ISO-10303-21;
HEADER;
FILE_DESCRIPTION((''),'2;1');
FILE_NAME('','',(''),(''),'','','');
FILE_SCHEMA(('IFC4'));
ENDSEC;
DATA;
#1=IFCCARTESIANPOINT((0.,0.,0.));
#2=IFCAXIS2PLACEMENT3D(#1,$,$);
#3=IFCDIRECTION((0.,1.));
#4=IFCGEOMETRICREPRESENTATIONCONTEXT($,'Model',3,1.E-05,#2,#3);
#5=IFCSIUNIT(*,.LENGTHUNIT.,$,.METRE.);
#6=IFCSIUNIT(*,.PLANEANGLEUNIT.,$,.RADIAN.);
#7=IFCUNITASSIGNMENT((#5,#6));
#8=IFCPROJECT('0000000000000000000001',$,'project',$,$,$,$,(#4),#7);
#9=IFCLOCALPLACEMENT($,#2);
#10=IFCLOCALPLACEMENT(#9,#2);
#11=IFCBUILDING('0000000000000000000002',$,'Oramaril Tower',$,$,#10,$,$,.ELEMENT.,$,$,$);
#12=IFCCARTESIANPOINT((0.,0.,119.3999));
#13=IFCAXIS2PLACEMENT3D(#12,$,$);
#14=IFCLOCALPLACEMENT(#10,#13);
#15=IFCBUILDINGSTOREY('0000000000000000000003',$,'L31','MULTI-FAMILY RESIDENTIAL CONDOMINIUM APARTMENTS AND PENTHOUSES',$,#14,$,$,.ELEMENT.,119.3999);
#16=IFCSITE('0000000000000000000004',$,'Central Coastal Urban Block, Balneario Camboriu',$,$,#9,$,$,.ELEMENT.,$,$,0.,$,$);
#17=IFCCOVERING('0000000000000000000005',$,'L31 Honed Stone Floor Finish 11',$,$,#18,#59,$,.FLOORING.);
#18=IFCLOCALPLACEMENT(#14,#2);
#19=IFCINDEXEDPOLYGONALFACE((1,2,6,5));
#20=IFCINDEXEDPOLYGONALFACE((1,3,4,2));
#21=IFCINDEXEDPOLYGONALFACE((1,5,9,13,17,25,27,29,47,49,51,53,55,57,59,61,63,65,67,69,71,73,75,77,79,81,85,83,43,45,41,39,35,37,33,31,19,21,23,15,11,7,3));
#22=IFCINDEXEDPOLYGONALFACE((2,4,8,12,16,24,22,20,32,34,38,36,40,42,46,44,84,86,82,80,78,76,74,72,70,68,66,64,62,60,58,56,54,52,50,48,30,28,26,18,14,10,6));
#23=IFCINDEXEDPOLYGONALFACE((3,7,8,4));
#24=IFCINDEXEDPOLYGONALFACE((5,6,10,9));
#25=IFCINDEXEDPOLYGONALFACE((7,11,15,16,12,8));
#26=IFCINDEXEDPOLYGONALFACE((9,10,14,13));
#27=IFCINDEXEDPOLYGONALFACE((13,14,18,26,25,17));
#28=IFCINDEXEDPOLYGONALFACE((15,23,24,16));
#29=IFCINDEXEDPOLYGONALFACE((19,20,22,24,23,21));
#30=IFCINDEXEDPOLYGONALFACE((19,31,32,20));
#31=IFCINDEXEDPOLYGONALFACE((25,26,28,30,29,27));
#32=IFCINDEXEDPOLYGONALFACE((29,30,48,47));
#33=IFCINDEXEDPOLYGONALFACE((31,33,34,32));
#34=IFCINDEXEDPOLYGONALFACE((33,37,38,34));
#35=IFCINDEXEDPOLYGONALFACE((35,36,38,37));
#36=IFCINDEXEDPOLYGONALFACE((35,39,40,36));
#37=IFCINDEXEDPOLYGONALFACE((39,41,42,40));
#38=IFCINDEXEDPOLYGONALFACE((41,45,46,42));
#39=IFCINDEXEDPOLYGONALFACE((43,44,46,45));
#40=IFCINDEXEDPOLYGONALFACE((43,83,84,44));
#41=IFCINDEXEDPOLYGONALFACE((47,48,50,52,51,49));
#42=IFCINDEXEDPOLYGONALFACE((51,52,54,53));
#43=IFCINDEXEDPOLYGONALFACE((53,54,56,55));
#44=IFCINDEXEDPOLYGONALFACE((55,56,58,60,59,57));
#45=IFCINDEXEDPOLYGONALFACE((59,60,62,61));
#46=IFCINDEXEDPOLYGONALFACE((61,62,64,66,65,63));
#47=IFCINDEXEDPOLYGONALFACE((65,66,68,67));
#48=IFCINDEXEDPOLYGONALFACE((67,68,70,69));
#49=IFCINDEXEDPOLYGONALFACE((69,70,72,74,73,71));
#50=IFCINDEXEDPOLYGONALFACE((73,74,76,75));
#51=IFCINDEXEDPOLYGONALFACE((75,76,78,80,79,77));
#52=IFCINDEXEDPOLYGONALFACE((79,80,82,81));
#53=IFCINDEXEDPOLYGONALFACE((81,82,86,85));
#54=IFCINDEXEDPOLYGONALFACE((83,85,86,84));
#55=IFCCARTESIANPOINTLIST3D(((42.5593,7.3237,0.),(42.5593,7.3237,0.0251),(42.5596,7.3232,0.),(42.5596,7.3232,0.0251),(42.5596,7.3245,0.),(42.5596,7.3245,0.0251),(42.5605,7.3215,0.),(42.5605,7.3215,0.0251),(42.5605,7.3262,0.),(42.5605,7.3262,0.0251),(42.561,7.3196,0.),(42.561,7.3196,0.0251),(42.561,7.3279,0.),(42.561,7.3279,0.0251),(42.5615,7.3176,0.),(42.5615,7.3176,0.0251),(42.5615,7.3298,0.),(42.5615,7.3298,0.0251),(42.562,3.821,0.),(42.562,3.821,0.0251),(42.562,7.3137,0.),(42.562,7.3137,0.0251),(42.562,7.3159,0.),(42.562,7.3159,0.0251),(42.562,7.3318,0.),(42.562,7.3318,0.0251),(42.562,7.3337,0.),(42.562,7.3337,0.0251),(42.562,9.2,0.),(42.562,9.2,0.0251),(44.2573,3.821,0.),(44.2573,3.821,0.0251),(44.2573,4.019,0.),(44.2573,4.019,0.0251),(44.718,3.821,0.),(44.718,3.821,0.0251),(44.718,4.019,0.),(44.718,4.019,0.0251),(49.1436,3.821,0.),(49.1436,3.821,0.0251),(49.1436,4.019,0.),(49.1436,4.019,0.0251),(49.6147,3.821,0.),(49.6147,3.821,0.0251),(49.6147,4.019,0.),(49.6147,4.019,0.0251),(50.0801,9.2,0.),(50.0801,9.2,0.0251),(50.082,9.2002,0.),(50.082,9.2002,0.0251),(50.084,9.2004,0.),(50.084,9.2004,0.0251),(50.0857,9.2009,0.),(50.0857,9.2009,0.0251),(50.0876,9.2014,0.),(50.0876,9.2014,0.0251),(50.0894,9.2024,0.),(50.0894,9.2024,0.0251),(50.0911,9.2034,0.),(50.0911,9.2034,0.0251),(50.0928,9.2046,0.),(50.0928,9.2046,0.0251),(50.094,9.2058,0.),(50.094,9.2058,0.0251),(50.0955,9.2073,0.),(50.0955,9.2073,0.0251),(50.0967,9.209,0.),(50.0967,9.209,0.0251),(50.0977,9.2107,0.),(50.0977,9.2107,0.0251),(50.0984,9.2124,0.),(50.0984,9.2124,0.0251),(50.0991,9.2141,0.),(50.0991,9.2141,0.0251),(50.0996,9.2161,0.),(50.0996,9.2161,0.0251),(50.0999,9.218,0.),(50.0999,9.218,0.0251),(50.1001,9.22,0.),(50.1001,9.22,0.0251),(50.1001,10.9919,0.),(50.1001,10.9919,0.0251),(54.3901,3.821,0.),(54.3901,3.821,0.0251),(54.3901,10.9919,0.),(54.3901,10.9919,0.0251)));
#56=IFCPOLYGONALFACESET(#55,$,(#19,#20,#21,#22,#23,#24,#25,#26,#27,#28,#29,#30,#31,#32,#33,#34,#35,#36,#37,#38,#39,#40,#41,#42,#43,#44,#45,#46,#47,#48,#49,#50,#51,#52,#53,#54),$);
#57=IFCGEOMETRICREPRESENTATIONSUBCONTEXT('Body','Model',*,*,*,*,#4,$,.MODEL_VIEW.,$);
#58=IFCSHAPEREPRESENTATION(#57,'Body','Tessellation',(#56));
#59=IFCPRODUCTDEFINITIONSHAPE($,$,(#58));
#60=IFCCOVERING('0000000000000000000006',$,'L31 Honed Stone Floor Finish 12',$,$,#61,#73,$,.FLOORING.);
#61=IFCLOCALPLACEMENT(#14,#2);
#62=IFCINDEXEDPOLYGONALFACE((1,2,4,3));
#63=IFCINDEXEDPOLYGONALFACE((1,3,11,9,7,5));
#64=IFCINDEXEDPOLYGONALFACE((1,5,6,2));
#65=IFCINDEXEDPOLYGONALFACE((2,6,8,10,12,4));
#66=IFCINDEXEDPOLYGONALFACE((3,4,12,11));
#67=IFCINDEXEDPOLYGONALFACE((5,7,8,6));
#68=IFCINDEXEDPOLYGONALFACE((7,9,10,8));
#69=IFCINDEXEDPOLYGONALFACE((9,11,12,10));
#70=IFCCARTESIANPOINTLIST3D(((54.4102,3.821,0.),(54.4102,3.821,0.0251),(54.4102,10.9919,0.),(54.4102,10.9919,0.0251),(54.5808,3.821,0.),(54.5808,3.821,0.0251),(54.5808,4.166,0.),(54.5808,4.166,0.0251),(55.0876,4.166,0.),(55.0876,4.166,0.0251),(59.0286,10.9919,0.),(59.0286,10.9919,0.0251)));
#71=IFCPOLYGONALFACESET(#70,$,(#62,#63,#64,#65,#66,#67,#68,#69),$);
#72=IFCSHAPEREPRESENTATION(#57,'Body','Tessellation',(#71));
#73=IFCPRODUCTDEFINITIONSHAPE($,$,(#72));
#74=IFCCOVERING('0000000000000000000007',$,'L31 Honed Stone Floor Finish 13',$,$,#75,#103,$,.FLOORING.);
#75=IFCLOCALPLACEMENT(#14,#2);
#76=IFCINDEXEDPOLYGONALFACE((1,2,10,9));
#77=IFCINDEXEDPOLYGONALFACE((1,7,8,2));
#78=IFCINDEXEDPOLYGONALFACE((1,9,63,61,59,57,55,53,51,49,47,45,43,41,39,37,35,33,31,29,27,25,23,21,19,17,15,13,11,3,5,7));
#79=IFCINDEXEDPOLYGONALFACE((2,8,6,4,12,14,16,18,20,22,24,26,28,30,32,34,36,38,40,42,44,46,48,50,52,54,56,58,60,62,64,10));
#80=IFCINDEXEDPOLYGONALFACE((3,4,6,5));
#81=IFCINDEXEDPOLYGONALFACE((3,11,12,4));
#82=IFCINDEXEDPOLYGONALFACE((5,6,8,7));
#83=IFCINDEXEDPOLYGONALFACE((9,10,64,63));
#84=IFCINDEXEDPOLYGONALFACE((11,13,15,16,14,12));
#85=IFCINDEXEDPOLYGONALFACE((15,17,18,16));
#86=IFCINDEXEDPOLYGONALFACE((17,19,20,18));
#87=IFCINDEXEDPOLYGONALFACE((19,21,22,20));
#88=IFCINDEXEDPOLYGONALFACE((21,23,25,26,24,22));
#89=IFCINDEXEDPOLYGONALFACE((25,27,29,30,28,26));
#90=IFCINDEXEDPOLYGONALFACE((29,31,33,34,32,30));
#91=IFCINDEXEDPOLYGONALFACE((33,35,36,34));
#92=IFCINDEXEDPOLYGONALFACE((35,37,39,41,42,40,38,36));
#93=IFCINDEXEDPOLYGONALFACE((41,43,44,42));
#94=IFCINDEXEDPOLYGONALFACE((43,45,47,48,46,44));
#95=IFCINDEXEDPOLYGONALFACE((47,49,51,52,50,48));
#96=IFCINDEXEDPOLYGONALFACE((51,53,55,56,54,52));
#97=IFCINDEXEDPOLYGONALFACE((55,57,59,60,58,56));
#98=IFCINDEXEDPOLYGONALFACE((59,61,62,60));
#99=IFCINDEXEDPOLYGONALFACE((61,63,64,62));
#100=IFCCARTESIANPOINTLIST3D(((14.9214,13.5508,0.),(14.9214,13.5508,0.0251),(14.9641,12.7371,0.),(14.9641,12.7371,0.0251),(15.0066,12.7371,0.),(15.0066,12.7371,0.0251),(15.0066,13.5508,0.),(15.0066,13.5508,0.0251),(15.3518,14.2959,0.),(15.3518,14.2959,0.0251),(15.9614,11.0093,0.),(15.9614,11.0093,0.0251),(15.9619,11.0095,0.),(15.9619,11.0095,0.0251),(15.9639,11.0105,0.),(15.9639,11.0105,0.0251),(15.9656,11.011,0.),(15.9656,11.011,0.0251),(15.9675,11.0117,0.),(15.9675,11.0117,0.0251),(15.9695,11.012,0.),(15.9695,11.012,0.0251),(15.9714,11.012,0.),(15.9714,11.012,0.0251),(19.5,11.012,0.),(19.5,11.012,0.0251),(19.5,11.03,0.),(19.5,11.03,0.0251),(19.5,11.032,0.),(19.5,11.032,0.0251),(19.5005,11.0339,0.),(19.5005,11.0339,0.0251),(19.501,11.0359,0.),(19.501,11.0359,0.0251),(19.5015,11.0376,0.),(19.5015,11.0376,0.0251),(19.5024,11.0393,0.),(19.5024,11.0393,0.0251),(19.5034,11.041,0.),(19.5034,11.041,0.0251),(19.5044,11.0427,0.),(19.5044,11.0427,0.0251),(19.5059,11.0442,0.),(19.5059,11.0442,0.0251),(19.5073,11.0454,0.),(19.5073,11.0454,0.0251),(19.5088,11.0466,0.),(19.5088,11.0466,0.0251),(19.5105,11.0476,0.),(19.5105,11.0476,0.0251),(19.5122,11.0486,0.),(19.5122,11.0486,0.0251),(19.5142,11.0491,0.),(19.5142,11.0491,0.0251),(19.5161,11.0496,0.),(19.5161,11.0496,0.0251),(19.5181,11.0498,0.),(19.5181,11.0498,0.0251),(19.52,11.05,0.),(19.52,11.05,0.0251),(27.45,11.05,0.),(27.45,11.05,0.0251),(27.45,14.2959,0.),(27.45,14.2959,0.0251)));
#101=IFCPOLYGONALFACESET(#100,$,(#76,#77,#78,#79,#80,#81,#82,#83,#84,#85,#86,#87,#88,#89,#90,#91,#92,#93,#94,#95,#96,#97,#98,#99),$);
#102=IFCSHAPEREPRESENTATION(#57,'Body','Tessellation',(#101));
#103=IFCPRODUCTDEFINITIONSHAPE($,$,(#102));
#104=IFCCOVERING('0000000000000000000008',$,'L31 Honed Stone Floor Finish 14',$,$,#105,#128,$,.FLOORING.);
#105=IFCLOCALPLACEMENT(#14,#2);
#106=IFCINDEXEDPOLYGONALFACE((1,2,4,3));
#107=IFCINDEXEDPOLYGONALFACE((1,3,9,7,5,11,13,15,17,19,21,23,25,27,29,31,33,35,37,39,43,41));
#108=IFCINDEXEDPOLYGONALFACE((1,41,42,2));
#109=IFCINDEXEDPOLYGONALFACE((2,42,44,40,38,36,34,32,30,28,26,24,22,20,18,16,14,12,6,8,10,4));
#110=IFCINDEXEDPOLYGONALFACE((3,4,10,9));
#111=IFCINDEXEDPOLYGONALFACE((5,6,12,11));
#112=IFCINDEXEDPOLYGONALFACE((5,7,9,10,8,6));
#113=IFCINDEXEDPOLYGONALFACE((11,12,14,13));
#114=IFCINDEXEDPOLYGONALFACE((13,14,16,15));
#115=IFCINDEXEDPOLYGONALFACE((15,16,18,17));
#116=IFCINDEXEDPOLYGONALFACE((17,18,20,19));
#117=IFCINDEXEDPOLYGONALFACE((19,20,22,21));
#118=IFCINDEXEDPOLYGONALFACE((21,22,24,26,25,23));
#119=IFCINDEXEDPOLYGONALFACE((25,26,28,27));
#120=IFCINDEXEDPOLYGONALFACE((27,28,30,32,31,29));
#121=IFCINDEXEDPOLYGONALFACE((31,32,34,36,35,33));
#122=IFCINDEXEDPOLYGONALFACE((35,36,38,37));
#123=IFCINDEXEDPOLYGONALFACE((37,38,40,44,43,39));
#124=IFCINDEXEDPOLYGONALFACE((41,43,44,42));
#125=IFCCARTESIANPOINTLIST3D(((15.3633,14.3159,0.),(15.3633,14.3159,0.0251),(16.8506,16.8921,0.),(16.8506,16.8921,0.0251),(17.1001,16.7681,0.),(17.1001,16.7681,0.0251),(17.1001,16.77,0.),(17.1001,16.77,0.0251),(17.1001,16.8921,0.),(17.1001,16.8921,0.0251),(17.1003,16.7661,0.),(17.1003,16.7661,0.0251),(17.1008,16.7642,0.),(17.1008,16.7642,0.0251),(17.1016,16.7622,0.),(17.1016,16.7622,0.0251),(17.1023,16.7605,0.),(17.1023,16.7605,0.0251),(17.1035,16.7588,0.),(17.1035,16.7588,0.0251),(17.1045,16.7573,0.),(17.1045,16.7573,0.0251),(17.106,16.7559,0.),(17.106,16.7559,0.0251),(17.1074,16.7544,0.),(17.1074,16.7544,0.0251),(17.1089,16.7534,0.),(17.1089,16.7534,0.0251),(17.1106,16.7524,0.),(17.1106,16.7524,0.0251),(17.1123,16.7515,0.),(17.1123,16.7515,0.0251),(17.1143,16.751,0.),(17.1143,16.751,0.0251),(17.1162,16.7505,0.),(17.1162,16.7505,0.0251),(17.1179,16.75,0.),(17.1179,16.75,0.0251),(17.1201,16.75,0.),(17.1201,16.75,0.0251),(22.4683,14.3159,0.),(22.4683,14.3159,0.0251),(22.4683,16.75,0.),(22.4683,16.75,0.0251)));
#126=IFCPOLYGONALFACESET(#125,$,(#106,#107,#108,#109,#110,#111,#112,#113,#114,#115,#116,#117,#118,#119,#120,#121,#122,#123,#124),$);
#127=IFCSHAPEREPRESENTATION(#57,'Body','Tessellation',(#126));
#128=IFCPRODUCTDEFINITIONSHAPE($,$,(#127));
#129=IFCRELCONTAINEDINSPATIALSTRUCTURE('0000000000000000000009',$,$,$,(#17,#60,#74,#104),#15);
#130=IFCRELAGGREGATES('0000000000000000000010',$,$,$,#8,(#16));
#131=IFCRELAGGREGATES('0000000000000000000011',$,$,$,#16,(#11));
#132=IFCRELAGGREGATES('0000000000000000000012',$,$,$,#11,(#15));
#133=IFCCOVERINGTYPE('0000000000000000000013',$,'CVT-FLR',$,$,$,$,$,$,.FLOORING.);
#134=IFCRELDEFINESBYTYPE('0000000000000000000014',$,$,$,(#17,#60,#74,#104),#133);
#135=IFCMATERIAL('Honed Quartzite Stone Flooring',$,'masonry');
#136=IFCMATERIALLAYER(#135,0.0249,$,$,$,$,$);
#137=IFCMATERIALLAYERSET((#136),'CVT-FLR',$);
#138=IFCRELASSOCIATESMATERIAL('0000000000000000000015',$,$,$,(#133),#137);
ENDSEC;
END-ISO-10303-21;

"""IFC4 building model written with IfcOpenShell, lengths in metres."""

from ifc_helpers import new_model, si_unit, direction, frame, origin, place, context, subcontext, project, spatial, polyline, outline, extrude, material, layer, layer_set, type_object, element, save


model = new_model("IFC4")

# Units and contexts
model_context = context("Model", 3, precision=1e-05, world=origin(), true_north=direction((0.0, 1.0)))
body_context = subcontext(model_context, "Body", "Model", "MODEL_VIEW")
ifc_project = project(units=[si_unit("LENGTHUNIT", "METRE"), si_unit("PLANEANGLEUNIT", "RADIAN")], contexts=[model_context])

# Site, building, storey
site_placement = place(None, origin())
site = spatial("IfcSite", under=ifc_project, at=site_placement, Name="Central Coastal Urban Block, Balneario Camboriu", CompositionType="ELEMENT", RefElevation=0.0)
building_placement = place(site_placement, origin())
building = spatial("IfcBuilding", under=site, at=building_placement, Name="Oramaril Tower", CompositionType="ELEMENT")
storey_placement = place(building_placement, frame((0.0, 0.0, 119.3999)))
storey = spatial("IfcBuildingStorey", under=building, at=storey_placement, Name="L31", Description="MULTI-FAMILY RESIDENTIAL CONDOMINIUM APARTMENTS AND PENTHOUSES", CompositionType="ELEMENT", Elevation=119.3999)

# Coverings
ifc_material_1 = material(Name="Honed Quartzite Stone Flooring", Category="masonry")
ifc_layer_1 = layer(ifc_material_1, 0.0249)
ifc_layer_set_1 = layer_set([ifc_layer_1], Name="CVT-FLR")
covering_type_1 = type_object("IfcCoveringType", Name="CVT-FLR", PredefinedType="FLOORING", material=ifc_layer_set_1)
covering_1_placement = place(storey_placement, origin())
element("IfcCovering", 1, at=covering_1_placement, inside=storey, type_object=covering_type_1, Name="L31 Honed Stone Floor Finish 11", PredefinedType="FLOORING", context=body_context, shape_type="SweptSolid", body=[
    extrude(outline(polyline([(54.3901, 10.9919), (54.3901, 3.821), (49.6147, 3.821), (49.6147, 4.019), (49.1436, 4.019), (49.1436, 3.821), (44.718, 3.821), (44.718, 4.019), (44.2573, 4.019), (44.2573, 3.821), (42.562, 3.821), (42.562, 7.3137), (42.562, 7.3159), (42.5615, 7.3176), (42.561, 7.3196), (42.5605, 7.3215), (42.5596, 7.3232), (42.5593, 7.3237), (42.5596, 7.3245), (42.5605, 7.3262), (42.561, 7.3279), (42.5615, 7.3298), (42.562, 7.3318), (42.562, 7.3337), (42.562, 9.2), (50.0801, 9.2), (50.082, 9.2002), (50.084, 9.2004), (50.0857, 9.2009), (50.0876, 9.2014), (50.0894, 9.2024), (50.0911, 9.2034), (50.0928, 9.2046), (50.094, 9.2058), (50.0955, 9.2073), (50.0967, 9.209), (50.0977, 9.2107), (50.0984, 9.2124), (50.0991, 9.2141), (50.0996, 9.2161), (50.0999, 9.218), (50.1001, 9.22), (50.1001, 10.9919), (54.3901, 10.9919)])), origin(), (0.0, 0.0, 1.0), 0.0251),
])
covering_2_placement = place(storey_placement, origin())
element("IfcCovering", 2, at=covering_2_placement, inside=storey, type_object=covering_type_1, Name="L31 Honed Stone Floor Finish 12", PredefinedType="FLOORING", context=body_context, shape_type="SweptSolid", body=[
    extrude(outline(polyline([(54.5808, 4.166), (54.5808, 3.821), (54.4102, 3.821), (54.4102, 10.9919), (59.0286, 10.9919), (55.0876, 4.166), (54.5808, 4.166)])), origin(), (0.0, 0.0, 1.0), 0.0251),
])
covering_3_placement = place(storey_placement, origin())
element("IfcCovering", 3, at=covering_3_placement, inside=storey, type_object=covering_type_1, Name="L31 Honed Stone Floor Finish 13", PredefinedType="FLOORING", context=body_context, shape_type="SweptSolid", body=[
    extrude(outline(polyline([(14.9641, 12.7371), (15.0066, 12.7371), (15.0066, 13.5508), (14.9214, 13.5508), (15.3518, 14.2959), (27.45, 14.2959), (27.45, 11.05), (19.52, 11.05), (19.5181, 11.0498), (19.5161, 11.0496), (19.5142, 11.0491), (19.5122, 11.0486), (19.5105, 11.0476), (19.5088, 11.0466), (19.5073, 11.0454), (19.5059, 11.0442), (19.5044, 11.0427), (19.5034, 11.041), (19.5024, 11.0393), (19.5015, 11.0376), (19.501, 11.0359), (19.5005, 11.0339), (19.5, 11.032), (19.5, 11.03), (19.5, 11.012), (15.9714, 11.012), (15.9695, 11.012), (15.9675, 11.0117), (15.9656, 11.011), (15.9639, 11.0105), (15.9619, 11.0095), (15.9614, 11.0093), (14.9641, 12.7371)])), origin(), (0.0, 0.0, 1.0), 0.0251),
])
covering_4_placement = place(storey_placement, origin())
element("IfcCovering", 4, at=covering_4_placement, inside=storey, type_object=covering_type_1, Name="L31 Honed Stone Floor Finish 14", PredefinedType="FLOORING", context=body_context, shape_type="SweptSolid", body=[
    extrude(outline(polyline([(16.8506, 16.8921), (17.1001, 16.8921), (17.1001, 16.77), (17.1001, 16.7681), (17.1003, 16.7661), (17.1008, 16.7642), (17.1016, 16.7622), (17.1023, 16.7605), (17.1035, 16.7588), (17.1045, 16.7573), (17.106, 16.7559), (17.1074, 16.7544), (17.1089, 16.7534), (17.1106, 16.7524), (17.1123, 16.7515), (17.1143, 16.751), (17.1162, 16.7505), (17.1179, 16.75), (17.1201, 16.75), (22.4683, 16.75), (22.4683, 14.3159), (15.3633, 14.3159), (16.8506, 16.8921)])), origin(), (0.0, 0.0, 1.0), 0.0251),
])

save(model, "model.ifc")
